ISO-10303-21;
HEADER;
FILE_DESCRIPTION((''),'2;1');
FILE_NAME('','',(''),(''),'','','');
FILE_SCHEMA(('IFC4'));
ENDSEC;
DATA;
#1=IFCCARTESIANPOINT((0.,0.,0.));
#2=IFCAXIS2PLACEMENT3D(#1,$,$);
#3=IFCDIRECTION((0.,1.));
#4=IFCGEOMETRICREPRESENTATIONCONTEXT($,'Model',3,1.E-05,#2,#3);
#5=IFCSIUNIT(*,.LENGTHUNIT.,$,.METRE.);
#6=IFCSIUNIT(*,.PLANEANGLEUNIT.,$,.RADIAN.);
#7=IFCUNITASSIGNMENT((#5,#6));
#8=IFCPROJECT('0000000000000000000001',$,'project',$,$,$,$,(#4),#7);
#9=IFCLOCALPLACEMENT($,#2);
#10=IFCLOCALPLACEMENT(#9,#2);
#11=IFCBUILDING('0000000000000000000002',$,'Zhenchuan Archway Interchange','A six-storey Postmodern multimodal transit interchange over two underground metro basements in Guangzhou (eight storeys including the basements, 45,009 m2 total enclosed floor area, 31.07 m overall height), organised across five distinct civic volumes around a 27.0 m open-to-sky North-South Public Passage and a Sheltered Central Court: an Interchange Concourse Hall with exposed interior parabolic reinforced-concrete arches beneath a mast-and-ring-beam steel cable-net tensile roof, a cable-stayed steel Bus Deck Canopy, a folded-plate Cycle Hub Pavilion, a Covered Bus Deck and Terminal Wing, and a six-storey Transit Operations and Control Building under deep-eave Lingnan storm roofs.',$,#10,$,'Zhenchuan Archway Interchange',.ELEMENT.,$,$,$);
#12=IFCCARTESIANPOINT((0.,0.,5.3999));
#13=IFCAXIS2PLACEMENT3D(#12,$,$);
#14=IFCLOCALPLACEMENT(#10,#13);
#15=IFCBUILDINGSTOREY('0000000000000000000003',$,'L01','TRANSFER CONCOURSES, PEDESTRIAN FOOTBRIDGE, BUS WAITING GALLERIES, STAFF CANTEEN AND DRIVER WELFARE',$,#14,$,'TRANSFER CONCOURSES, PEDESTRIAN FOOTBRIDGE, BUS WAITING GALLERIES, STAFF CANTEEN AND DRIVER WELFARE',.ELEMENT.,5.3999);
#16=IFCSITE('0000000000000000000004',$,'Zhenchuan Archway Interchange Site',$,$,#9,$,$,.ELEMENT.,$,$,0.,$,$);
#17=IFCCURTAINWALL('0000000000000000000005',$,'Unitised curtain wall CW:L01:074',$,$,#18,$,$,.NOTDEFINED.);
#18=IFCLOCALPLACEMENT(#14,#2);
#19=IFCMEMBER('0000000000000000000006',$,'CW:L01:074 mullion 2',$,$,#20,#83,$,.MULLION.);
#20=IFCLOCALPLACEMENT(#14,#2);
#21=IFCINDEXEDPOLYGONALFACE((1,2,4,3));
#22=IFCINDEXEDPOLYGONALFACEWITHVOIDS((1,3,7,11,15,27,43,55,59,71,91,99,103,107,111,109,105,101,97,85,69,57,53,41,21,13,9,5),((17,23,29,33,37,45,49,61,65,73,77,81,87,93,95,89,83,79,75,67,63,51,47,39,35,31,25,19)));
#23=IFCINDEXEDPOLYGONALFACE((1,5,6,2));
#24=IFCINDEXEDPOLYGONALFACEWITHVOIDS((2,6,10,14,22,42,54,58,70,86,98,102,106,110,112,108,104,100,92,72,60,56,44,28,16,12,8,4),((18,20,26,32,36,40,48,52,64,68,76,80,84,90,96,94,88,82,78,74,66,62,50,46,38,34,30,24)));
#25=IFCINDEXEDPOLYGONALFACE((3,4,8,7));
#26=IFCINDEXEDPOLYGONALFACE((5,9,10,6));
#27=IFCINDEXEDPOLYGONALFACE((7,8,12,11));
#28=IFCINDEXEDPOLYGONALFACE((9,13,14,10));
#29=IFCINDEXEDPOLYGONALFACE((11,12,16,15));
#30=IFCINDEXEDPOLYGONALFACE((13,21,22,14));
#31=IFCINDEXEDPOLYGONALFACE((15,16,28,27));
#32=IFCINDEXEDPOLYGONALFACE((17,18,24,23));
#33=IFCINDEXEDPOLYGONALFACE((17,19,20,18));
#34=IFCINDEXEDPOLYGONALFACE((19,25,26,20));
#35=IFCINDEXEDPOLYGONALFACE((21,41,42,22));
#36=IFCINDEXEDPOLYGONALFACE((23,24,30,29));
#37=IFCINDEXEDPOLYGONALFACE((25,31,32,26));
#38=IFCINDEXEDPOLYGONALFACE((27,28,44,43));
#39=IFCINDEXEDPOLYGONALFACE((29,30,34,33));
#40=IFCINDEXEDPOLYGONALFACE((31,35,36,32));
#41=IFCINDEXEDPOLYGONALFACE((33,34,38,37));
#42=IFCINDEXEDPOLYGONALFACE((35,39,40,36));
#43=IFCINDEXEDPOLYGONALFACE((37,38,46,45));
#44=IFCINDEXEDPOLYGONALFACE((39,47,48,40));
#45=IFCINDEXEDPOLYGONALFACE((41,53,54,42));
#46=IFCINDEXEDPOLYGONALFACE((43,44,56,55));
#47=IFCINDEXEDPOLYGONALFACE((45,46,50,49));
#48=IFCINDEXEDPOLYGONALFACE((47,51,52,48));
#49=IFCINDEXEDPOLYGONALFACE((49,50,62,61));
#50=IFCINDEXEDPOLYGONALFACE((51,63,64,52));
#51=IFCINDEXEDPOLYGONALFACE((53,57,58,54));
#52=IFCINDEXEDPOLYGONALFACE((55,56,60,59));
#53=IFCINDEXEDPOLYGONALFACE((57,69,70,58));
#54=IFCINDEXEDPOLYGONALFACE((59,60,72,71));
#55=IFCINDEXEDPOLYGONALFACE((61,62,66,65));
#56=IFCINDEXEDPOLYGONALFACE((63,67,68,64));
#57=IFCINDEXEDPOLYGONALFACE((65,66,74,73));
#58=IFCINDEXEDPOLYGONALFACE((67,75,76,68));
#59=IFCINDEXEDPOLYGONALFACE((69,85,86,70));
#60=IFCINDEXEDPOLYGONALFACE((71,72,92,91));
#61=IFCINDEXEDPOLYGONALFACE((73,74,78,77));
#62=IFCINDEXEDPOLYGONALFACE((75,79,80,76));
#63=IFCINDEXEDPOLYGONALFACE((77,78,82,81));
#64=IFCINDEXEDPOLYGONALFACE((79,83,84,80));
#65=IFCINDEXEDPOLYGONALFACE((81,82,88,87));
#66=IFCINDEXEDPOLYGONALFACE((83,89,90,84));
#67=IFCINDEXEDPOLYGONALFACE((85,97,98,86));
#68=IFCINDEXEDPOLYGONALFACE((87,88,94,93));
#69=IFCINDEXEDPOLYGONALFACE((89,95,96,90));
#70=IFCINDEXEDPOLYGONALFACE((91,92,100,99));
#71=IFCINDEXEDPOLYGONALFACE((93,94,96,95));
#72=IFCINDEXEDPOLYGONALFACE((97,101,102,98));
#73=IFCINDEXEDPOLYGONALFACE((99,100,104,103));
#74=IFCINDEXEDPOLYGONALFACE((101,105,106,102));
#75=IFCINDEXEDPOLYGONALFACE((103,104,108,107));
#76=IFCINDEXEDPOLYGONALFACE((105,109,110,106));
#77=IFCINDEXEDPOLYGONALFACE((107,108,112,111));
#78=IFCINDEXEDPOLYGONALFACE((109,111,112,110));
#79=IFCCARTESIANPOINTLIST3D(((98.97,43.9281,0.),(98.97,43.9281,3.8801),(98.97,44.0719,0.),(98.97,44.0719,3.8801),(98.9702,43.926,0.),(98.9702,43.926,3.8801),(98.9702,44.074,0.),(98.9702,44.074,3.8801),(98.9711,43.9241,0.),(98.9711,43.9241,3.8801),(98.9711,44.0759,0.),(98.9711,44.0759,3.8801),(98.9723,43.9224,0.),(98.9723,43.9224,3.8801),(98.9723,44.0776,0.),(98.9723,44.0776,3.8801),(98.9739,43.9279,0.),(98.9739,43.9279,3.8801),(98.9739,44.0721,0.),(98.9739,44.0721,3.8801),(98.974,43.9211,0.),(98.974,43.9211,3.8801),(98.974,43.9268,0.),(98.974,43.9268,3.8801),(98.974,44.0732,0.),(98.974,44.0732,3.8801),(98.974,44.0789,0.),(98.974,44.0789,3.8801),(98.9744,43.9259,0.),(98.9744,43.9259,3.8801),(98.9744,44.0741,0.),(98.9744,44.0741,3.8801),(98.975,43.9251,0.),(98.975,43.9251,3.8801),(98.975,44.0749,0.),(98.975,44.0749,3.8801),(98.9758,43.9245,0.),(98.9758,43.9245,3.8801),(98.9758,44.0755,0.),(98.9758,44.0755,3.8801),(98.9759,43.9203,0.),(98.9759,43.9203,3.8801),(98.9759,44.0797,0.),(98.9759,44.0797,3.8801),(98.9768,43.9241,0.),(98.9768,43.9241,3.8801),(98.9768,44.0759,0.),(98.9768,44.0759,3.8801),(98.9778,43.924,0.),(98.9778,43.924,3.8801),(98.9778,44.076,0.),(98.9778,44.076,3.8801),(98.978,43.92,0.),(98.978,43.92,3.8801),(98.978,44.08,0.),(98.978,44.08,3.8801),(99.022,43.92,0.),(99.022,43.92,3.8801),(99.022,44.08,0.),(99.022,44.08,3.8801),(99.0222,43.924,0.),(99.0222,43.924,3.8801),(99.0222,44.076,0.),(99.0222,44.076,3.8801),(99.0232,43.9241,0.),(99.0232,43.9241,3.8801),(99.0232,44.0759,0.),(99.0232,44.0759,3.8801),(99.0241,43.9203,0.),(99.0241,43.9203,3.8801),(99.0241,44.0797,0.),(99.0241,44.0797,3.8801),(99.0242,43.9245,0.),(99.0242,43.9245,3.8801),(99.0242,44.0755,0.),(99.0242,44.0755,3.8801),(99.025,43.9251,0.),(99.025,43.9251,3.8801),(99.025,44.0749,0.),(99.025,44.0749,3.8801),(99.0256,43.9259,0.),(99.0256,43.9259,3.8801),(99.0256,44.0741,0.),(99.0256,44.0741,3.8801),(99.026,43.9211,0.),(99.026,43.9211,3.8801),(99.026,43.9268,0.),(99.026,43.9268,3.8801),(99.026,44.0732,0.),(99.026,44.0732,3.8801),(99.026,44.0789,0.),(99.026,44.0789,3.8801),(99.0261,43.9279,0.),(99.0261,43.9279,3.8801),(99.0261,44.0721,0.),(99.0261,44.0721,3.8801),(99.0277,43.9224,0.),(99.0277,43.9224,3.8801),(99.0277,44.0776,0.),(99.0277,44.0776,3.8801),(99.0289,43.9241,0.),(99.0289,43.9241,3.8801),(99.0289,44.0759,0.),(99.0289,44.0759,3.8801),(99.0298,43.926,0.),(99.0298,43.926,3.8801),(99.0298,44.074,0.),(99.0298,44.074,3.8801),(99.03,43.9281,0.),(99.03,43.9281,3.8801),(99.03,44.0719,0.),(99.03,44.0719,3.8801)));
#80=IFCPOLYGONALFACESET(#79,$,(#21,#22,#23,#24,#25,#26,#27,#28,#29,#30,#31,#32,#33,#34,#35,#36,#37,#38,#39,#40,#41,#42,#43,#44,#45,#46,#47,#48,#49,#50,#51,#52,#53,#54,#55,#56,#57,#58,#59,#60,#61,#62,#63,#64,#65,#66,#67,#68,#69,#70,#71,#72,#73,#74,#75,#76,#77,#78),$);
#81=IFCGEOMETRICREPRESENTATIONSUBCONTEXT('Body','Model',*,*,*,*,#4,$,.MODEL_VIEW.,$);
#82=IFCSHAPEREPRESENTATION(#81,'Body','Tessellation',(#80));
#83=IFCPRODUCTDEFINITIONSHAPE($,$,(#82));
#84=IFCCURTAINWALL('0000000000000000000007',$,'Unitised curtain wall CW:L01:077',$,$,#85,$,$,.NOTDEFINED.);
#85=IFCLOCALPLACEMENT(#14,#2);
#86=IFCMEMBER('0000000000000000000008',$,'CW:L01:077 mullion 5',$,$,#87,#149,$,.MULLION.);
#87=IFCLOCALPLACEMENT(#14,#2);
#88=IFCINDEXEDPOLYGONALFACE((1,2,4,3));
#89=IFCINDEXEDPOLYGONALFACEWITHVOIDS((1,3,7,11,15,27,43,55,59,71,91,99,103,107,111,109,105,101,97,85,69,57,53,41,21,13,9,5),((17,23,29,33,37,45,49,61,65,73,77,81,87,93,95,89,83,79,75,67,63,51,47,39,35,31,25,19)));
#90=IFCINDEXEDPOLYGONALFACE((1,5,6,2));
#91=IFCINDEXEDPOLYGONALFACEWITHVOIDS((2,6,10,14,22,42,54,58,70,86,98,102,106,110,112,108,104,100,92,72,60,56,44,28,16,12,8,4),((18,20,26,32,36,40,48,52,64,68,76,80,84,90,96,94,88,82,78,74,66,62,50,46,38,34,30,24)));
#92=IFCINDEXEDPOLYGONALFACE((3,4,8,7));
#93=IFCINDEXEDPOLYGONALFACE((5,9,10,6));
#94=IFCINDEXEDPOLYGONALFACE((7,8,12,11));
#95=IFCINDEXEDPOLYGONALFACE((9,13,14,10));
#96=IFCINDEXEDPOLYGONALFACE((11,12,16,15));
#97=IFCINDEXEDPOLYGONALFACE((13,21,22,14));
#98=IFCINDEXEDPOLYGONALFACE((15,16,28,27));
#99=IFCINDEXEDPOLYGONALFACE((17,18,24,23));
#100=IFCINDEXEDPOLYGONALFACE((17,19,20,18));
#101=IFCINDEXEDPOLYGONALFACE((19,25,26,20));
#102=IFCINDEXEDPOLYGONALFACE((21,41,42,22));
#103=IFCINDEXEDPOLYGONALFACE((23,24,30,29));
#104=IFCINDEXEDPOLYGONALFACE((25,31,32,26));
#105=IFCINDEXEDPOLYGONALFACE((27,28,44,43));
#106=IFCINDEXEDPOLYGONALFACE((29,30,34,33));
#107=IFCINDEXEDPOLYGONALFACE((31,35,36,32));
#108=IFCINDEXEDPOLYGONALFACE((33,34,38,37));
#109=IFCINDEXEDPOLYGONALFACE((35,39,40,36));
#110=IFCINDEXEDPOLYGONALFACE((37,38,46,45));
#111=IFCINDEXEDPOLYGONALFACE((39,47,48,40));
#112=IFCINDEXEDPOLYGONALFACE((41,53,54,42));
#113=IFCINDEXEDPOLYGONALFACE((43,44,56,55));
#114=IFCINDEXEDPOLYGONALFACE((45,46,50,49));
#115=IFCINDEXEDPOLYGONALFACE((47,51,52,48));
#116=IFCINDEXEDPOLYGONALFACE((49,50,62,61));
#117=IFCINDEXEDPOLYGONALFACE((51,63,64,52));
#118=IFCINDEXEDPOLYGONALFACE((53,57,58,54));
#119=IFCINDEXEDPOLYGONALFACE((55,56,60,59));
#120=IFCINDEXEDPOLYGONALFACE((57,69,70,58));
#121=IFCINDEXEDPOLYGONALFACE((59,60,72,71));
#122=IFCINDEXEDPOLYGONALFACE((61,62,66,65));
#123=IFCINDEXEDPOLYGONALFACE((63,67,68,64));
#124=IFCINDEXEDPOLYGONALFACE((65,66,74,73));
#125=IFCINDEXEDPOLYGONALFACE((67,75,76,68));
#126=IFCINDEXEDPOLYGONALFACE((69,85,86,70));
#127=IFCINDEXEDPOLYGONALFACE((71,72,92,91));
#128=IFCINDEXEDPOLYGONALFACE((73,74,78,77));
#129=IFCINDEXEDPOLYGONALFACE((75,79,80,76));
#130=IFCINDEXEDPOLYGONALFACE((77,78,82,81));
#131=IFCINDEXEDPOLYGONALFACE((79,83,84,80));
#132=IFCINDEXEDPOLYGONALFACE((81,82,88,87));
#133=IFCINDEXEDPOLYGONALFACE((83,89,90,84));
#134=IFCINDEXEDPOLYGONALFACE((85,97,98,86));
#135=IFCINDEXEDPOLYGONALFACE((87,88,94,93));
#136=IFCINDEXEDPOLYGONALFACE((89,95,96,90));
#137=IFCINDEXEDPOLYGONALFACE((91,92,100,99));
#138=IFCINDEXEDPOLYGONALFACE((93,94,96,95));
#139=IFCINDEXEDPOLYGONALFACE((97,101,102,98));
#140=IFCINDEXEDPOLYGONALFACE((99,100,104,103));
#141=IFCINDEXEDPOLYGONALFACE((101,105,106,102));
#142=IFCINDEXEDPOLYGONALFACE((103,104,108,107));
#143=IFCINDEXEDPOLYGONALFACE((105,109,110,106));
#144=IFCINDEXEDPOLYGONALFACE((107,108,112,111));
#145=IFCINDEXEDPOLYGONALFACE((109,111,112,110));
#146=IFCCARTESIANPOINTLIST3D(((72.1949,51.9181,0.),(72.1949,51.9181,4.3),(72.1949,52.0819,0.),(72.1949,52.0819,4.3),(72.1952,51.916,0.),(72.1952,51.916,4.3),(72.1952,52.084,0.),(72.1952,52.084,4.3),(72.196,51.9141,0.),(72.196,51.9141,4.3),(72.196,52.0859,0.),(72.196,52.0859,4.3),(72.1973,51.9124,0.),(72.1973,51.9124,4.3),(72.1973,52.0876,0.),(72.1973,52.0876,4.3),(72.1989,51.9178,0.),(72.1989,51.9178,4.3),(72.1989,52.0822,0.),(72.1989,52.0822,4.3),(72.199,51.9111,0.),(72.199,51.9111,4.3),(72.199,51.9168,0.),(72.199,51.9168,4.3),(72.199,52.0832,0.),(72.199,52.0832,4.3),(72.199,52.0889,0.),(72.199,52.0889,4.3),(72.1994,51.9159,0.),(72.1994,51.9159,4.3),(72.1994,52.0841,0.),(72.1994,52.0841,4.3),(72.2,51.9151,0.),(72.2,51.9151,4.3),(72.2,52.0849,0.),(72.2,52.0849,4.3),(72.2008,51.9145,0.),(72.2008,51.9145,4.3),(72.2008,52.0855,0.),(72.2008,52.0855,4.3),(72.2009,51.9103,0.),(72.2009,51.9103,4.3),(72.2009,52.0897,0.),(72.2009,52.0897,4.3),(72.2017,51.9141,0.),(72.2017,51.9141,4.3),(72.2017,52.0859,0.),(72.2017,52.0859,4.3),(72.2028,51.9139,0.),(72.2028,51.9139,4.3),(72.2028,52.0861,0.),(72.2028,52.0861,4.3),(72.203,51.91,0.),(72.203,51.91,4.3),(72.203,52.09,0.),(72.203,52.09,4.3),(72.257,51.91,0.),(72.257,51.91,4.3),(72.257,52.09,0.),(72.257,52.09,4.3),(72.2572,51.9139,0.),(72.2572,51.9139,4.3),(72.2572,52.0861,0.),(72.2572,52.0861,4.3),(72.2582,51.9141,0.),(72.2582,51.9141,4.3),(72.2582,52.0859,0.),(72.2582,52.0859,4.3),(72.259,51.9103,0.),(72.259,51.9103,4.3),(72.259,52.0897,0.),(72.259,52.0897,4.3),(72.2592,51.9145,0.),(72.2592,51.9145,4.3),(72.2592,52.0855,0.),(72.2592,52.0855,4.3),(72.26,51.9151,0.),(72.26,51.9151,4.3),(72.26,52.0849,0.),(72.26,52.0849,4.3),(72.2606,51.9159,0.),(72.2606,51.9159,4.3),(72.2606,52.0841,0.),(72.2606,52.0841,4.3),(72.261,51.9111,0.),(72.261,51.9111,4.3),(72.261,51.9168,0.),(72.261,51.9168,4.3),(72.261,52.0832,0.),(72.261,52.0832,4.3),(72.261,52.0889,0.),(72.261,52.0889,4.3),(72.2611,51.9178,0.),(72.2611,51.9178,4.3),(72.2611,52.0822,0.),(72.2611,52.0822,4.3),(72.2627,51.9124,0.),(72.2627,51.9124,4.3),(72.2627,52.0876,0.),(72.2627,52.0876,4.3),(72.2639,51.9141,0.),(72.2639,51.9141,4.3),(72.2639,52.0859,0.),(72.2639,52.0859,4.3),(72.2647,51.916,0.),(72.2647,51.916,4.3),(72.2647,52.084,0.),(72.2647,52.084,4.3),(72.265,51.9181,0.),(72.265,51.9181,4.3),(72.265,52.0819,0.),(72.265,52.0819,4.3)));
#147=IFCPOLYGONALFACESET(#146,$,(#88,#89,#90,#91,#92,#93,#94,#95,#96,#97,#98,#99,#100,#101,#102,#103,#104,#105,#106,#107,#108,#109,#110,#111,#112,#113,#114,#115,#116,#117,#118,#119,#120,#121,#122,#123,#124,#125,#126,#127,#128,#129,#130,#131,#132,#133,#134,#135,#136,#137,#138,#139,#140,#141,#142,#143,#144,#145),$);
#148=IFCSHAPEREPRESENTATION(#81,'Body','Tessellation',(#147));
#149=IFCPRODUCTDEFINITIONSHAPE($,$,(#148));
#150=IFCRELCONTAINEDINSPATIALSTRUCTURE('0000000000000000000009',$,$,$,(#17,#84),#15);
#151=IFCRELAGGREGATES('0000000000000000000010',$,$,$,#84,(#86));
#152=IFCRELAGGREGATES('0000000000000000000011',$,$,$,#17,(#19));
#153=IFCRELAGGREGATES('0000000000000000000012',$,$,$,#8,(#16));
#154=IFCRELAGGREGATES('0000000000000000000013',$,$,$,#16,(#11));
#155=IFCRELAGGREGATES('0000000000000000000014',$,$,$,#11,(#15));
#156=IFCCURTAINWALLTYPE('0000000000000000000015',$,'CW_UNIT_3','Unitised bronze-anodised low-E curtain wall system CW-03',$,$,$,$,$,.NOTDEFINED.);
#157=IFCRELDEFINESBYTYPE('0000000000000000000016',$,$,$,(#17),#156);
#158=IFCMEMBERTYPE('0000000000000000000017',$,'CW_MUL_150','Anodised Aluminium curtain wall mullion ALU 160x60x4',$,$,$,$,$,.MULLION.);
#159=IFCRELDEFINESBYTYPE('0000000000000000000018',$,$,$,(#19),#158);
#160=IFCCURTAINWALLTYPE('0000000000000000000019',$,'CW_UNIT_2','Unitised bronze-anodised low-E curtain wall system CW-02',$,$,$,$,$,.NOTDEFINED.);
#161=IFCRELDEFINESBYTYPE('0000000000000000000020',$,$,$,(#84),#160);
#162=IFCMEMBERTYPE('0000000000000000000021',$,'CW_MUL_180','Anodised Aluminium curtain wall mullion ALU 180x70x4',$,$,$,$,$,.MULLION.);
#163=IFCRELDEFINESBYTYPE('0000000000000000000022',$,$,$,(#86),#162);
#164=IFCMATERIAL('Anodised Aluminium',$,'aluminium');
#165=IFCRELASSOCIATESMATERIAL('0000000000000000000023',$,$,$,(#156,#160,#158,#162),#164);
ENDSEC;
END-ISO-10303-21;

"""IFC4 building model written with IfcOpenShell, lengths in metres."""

from ifc_helpers import new_model, si_unit, direction, frame, origin, origin_2d, place, context, subcontext, project, spatial, hollow_rectangle, extrude, material, material_profile, profile_set, type_object, element, aggregate, save


model = new_model("IFC4")

# Units and contexts
model_context = context("Model", 3, precision=1e-05, world=origin(), true_north=direction((0.0, 1.0)))
body_context = subcontext(model_context, "Body", "Model", "MODEL_VIEW")
ifc_project = project(units=[si_unit("LENGTHUNIT", "METRE"), si_unit("PLANEANGLEUNIT", "RADIAN")], contexts=[model_context])

# Site, building, storey
site_placement = place(None, origin())
site = spatial("IfcSite", under=ifc_project, at=site_placement, Name="Zhenchuan Archway Interchange Site", CompositionType="ELEMENT", RefElevation=0.0)
building_placement = place(site_placement, origin())
building = spatial("IfcBuilding", under=site, at=building_placement, Name="Zhenchuan Archway Interchange", Description="A six-storey Postmodern multimodal transit interchange over two underground metro basements in Guangzhou (eight storeys including the basements, 45,009 m2 total enclosed floor area, 31.07 m overall height), organised across five distinct civic volumes around a 27.0 m open-to-sky North-South Public Passage and a Sheltered Central Court: an Interchange Concourse Hall with exposed interior parabolic reinforced-concrete arches beneath a mast-and-ring-beam steel cable-net tensile roof, a cable-stayed steel Bus Deck Canopy, a folded-plate Cycle Hub Pavilion, a Covered Bus Deck and Terminal Wing, and a six-storey Transit Operations and Control Building under deep-eave Lingnan storm roofs.", LongName="Zhenchuan Archway Interchange", CompositionType="ELEMENT")
storey_placement = place(building_placement, frame((0.0, 0.0, 5.3999)))
storey = spatial("IfcBuildingStorey", under=building, at=storey_placement, Name="L01", Description="TRANSFER CONCOURSES, PEDESTRIAN FOOTBRIDGE, BUS WAITING GALLERIES, STAFF CANTEEN AND DRIVER WELFARE", LongName="TRANSFER CONCOURSES, PEDESTRIAN FOOTBRIDGE, BUS WAITING GALLERIES, STAFF CANTEEN AND DRIVER WELFARE", CompositionType="ELEMENT", Elevation=5.3999)

# Curtain wall, member
ifc_material_1 = material(Name="Anodised Aluminium", Category="aluminium")
curtain_wall_type_1 = type_object("IfcCurtainWallType", Name="CW_UNIT_3", Description="Unitised bronze-anodised low-E curtain wall system CW-03", PredefinedType="NOTDEFINED", material=ifc_material_1)
curtain_wall_1_placement = place(storey_placement, origin())
curtain_wall_1 = element("IfcCurtainWall", 1, at=curtain_wall_1_placement, inside=storey, type_object=curtain_wall_type_1, Name="Unitised curtain wall CW:L01:074", PredefinedType="NOTDEFINED")
ifc_material_profile_1 = material_profile(ifc_material_1, hollow_rectangle(XDim=0.0601, YDim=0.1599, WallThickness=0.0039, InnerFilletRadius=0.0039, OuterFilletRadius=0.0081, at=origin_2d()), Name="ALU 160x60x4")
ifc_profile_set_1 = profile_set([ifc_material_profile_1], Name="Anodised Aluminium")
member_type_1 = type_object("IfcMemberType", Name="CW_MUL_150", Description="Anodised Aluminium curtain wall mullion ALU 160x60x4", PredefinedType="MULLION", material=ifc_profile_set_1)
member_1_placement = place(storey_placement, frame((99.0, 44.0, 0.0), z_axis=(0.0, 0.0, 1.0), x_axis=(1.0, 0.0, 0.0)))
member_1 = element("IfcMember", 2, at=member_1_placement, type_object=member_type_1, Name="CW:L01:074 mullion 2", PredefinedType="MULLION", context=body_context, shape_type="SweptSolid", body=[
    extrude(hollow_rectangle(XDim=0.0601, YDim=0.1599, WallThickness=0.0039, InnerFilletRadius=0.0039, OuterFilletRadius=0.0081, at=origin_2d()), origin(), (0.0, 0.0, 1.0), 3.8801),
])

# Curtain wall, member
curtain_wall_type_2 = type_object("IfcCurtainWallType", Name="CW_UNIT_2", Description="Unitised bronze-anodised low-E curtain wall system CW-02", PredefinedType="NOTDEFINED", material=ifc_material_1)
curtain_wall_2_placement = place(storey_placement, origin())
curtain_wall_2 = element("IfcCurtainWall", 3, at=curtain_wall_2_placement, inside=storey, type_object=curtain_wall_type_2, Name="Unitised curtain wall CW:L01:077", PredefinedType="NOTDEFINED")
ifc_material_profile_2 = material_profile(ifc_material_1, hollow_rectangle(XDim=0.0701, YDim=0.1799, WallThickness=0.0039, InnerFilletRadius=0.0039, OuterFilletRadius=0.0081, at=origin_2d()), Name="ALU 180x70x4")
ifc_profile_set_2 = profile_set([ifc_material_profile_2], Name="Anodised Aluminium")
member_type_2 = type_object("IfcMemberType", Name="CW_MUL_180", Description="Anodised Aluminium curtain wall mullion ALU 180x70x4", PredefinedType="MULLION", material=ifc_profile_set_2)
member_2_placement = place(storey_placement, frame((72.23, 52.0, 0.0), z_axis=(0.0, 0.0, 1.0), x_axis=(1.0, 0.0, 0.0)))
member_2 = element("IfcMember", 4, at=member_2_placement, type_object=member_type_2, Name="CW:L01:077 mullion 5", PredefinedType="MULLION", context=body_context, shape_type="SweptSolid", body=[
    extrude(hollow_rectangle(XDim=0.0701, YDim=0.1799, WallThickness=0.0039, InnerFilletRadius=0.0039, OuterFilletRadius=0.0081, at=origin_2d()), origin(), (0.0, 0.0, 1.0), 4.3),
])
aggregate(curtain_wall_2, [member_2])

aggregate(curtain_wall_1, [member_1])

save(model, "model.ifc")
